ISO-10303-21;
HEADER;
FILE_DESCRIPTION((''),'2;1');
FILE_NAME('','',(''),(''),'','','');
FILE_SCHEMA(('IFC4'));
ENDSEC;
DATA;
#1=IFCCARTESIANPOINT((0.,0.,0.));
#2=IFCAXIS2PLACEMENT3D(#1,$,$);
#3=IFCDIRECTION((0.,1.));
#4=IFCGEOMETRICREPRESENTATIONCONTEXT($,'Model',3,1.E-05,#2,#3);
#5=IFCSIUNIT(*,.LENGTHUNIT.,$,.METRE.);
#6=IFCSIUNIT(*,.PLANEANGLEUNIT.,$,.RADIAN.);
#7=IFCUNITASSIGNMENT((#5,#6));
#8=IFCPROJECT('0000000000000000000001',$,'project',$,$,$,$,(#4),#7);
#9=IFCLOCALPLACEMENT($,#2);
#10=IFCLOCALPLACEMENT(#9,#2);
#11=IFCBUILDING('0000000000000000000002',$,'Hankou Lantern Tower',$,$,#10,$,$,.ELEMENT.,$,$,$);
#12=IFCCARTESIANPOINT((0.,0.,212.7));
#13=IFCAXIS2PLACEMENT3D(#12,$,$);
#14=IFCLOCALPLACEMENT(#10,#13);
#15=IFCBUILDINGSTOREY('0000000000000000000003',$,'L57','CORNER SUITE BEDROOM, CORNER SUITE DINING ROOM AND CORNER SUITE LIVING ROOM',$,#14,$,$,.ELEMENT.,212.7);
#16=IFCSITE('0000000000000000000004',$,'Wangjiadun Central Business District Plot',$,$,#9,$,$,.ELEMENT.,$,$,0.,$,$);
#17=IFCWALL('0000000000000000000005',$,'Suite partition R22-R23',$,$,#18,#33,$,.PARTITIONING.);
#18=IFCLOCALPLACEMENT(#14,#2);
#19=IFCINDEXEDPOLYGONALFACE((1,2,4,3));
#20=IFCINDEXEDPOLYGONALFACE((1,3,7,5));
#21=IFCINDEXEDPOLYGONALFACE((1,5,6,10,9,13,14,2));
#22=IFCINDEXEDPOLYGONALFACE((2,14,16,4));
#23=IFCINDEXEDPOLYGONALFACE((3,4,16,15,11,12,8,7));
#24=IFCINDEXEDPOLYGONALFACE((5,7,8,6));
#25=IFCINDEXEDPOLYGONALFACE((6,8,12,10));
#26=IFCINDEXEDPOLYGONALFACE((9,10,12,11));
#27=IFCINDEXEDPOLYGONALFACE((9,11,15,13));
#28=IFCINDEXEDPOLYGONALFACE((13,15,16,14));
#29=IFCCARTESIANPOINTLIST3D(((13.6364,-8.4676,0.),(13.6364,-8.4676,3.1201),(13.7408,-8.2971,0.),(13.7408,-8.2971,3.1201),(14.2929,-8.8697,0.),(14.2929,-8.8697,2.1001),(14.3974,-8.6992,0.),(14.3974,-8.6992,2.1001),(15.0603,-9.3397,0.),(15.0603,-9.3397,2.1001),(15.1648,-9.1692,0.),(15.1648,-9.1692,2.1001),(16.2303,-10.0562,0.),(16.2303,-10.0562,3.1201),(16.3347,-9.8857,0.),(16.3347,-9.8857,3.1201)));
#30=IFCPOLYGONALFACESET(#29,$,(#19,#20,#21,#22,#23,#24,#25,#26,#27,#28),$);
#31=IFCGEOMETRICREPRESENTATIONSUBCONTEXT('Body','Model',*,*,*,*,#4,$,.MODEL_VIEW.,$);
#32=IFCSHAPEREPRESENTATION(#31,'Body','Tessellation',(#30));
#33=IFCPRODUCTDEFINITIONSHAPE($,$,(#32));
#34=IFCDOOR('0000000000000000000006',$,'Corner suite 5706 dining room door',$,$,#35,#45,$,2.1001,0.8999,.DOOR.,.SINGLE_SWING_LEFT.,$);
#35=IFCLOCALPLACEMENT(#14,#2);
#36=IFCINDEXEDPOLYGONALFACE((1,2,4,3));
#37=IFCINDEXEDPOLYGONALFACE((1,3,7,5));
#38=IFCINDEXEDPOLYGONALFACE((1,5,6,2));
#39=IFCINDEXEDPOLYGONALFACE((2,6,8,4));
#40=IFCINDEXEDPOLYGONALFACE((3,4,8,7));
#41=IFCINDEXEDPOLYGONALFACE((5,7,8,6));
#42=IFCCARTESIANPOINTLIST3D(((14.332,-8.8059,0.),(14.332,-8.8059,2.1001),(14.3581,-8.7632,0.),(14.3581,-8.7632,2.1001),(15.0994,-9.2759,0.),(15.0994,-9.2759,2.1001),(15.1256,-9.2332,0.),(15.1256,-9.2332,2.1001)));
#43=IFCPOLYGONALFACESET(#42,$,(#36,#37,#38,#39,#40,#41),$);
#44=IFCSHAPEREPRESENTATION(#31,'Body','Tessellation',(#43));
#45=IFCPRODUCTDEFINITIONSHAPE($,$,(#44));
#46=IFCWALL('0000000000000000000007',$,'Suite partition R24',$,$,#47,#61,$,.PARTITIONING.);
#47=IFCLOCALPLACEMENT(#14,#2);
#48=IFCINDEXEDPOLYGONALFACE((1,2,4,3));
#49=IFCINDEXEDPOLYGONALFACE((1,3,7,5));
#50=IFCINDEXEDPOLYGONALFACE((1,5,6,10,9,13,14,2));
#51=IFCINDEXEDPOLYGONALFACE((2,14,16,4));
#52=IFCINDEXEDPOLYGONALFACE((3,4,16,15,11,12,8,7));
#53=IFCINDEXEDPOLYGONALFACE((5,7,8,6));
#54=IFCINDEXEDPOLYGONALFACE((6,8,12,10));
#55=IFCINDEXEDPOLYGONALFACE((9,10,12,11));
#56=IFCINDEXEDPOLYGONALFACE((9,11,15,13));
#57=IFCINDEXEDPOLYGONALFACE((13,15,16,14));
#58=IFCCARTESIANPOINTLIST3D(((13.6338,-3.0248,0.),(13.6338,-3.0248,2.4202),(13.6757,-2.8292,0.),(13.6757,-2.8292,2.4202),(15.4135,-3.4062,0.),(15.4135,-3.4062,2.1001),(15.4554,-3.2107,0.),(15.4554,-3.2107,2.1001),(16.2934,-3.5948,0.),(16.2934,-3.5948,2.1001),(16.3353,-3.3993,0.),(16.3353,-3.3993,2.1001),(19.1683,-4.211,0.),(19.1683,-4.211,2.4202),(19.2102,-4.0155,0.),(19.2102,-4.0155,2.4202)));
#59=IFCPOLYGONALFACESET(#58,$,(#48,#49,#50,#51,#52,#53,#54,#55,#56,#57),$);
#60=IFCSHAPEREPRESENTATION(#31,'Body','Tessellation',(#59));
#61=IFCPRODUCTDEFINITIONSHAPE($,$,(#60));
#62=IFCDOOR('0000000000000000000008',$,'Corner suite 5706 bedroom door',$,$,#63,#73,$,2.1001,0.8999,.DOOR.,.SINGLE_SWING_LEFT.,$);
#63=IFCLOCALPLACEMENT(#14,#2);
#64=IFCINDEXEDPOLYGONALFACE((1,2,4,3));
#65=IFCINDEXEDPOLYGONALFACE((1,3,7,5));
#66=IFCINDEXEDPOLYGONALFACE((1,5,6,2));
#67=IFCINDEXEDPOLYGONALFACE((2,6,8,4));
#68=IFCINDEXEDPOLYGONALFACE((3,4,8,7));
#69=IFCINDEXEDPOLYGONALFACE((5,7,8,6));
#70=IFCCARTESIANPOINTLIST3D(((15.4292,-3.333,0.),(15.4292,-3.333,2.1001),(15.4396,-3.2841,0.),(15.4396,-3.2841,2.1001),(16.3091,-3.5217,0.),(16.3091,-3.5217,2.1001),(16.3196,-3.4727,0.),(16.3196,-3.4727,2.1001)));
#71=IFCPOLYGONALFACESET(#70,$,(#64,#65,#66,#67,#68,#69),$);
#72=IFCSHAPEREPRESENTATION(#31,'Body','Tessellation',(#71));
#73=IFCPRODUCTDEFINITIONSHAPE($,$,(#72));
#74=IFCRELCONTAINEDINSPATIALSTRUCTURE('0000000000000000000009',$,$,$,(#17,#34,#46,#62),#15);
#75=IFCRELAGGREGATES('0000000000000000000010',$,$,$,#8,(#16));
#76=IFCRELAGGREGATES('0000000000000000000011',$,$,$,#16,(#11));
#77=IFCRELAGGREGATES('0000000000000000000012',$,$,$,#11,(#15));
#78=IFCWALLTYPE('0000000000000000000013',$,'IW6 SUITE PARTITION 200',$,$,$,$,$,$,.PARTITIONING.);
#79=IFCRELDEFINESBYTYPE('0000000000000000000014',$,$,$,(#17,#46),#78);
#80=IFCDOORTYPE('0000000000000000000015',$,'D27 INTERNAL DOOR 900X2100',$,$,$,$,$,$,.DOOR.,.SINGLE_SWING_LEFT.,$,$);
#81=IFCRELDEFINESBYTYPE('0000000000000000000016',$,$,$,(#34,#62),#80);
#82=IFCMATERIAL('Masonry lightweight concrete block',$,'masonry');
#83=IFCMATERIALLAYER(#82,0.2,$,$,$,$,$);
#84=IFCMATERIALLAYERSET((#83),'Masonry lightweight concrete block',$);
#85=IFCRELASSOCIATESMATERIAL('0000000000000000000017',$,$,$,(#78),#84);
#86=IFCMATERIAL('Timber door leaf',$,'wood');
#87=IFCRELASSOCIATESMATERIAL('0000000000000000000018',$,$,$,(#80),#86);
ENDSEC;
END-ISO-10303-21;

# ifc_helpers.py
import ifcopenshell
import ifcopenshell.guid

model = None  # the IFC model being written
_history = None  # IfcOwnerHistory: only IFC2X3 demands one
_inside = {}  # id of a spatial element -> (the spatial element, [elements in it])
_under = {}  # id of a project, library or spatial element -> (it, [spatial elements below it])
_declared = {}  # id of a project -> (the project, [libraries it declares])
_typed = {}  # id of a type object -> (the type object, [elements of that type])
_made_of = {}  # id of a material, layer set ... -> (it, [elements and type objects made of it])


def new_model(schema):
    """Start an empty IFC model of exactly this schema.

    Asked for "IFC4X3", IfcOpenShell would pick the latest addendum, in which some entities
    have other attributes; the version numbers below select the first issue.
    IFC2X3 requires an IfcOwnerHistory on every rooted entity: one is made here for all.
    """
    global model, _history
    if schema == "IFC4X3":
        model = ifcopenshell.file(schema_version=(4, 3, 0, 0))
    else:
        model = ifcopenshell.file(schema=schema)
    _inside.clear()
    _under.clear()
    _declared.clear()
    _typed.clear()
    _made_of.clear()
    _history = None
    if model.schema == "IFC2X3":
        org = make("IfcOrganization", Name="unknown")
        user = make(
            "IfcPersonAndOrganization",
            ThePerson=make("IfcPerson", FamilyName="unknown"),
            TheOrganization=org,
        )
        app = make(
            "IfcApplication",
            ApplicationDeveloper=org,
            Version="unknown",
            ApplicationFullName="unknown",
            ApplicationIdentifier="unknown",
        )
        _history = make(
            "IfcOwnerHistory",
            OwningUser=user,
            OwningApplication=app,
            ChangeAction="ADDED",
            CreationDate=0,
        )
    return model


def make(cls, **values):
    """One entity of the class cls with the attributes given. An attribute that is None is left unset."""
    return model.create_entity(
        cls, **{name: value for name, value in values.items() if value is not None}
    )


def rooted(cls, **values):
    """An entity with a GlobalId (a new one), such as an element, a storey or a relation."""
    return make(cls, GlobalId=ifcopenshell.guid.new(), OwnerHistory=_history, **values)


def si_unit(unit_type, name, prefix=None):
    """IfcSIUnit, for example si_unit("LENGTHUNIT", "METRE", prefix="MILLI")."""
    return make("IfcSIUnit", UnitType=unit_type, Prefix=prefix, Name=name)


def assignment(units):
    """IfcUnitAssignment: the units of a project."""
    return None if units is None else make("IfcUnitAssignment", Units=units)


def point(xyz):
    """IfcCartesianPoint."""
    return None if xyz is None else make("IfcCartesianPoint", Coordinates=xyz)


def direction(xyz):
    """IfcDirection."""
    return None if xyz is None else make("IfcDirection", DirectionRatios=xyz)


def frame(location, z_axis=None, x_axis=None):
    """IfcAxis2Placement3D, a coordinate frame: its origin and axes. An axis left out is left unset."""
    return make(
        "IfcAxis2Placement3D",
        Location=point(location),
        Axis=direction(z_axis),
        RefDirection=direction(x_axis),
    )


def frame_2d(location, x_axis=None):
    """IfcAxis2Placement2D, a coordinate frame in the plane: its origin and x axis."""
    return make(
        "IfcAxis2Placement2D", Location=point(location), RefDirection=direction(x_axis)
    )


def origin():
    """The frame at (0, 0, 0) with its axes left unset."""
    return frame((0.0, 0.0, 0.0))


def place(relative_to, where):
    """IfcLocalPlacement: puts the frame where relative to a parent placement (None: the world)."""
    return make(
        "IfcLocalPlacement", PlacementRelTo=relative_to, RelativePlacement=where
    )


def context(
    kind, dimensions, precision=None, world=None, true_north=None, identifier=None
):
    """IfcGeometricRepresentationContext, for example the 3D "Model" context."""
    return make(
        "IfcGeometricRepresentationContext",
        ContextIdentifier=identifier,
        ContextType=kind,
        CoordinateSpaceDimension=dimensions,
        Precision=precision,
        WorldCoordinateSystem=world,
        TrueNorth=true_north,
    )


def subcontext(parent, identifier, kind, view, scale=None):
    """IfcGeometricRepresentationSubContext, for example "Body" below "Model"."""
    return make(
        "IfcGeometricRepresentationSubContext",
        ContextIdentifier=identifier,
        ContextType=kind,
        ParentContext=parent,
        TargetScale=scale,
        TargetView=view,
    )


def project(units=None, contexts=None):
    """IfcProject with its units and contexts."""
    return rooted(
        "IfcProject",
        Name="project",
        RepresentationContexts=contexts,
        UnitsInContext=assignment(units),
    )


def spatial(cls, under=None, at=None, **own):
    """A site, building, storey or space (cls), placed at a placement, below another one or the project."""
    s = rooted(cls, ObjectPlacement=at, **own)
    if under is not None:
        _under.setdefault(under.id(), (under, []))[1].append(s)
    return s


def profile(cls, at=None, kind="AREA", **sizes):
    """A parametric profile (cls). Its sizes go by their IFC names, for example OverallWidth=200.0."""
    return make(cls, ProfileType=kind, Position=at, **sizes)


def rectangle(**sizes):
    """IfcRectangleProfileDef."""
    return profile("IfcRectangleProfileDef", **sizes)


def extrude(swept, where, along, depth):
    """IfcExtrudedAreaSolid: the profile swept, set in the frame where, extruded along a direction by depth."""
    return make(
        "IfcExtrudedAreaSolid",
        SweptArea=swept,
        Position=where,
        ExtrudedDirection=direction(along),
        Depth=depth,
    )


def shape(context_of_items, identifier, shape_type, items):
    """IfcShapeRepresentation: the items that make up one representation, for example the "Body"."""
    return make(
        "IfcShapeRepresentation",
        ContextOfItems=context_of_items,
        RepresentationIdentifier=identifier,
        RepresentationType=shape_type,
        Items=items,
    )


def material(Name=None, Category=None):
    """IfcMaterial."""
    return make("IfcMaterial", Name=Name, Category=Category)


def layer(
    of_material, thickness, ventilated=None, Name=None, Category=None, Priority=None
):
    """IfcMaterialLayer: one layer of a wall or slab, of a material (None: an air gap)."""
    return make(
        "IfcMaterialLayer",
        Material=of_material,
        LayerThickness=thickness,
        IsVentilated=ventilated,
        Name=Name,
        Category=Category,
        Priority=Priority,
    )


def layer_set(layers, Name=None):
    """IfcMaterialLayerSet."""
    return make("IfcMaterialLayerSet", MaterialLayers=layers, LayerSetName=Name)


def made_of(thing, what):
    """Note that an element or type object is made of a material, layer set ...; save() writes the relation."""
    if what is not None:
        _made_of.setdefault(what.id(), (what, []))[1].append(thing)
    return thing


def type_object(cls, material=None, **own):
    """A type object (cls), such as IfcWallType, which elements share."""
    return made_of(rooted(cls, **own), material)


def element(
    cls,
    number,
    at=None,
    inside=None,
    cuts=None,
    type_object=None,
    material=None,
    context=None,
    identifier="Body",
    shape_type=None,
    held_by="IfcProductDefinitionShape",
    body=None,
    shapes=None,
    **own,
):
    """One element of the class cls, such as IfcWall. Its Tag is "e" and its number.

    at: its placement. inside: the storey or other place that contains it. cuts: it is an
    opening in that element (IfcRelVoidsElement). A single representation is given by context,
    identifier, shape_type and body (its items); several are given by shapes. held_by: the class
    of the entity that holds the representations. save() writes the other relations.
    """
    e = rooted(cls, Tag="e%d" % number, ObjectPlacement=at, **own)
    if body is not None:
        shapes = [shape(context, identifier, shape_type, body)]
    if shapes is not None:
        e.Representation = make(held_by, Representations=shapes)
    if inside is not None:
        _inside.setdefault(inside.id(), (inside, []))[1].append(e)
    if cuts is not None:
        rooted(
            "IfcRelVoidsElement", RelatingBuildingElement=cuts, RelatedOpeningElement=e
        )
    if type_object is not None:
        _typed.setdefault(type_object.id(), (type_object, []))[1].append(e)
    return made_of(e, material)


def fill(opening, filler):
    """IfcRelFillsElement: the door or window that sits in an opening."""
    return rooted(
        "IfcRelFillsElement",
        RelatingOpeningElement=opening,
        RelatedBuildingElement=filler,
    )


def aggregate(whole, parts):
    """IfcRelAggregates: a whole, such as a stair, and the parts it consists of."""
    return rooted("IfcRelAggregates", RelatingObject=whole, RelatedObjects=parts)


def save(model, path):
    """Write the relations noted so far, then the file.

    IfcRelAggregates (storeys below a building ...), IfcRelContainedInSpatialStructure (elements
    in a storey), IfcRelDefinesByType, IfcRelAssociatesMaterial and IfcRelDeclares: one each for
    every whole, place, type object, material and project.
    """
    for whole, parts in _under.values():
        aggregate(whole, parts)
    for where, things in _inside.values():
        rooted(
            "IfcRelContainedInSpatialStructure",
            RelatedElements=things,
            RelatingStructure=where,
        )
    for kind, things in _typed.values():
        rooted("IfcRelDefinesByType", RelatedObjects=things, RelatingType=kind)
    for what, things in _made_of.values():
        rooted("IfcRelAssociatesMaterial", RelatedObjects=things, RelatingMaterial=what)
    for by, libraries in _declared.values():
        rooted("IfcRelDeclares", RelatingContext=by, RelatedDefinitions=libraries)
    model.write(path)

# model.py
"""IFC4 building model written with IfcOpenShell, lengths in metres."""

from ifc_helpers import new_model, si_unit, direction, frame, frame_2d, origin, place, context, subcontext, project, spatial, rectangle, extrude, material, layer, layer_set, type_object, element, fill, save


model = new_model("IFC4")

# Units and contexts
model_context = context("Model", 3, precision=1e-05, world=origin(), true_north=direction((0.0, 1.0)))
body_context = subcontext(model_context, "Body", "Model", "MODEL_VIEW")
ifc_project = project(units=[si_unit("LENGTHUNIT", "METRE"), si_unit("PLANEANGLEUNIT", "RADIAN")], contexts=[model_context])

# Site, building, storey
site_placement = place(None, origin())
site = spatial("IfcSite", under=ifc_project, at=site_placement, Name="Wangjiadun Central Business District Plot", CompositionType="ELEMENT", RefElevation=0.0)
building_placement = place(site_placement, origin())
building = spatial("IfcBuilding", under=site, at=building_placement, Name="Hankou Lantern Tower", CompositionType="ELEMENT")
storey_placement = place(building_placement, frame((0.0, 0.0, 212.7)))
storey = spatial("IfcBuildingStorey", under=building, at=storey_placement, Name="L57", Description="CORNER SUITE BEDROOM, CORNER SUITE DINING ROOM AND CORNER SUITE LIVING ROOM", CompositionType="ELEMENT", Elevation=212.7)

# Walls, openings, doors
ifc_material_1 = material(Name="Masonry lightweight concrete block", Category="masonry")
ifc_layer_1 = layer(ifc_material_1, 0.2)
ifc_layer_set_1 = layer_set([ifc_layer_1], Name="Masonry lightweight concrete block")
wall_type_1 = type_object("IfcWallType", Name="IW6 SUITE PARTITION 200", PredefinedType="PARTITIONING", material=ifc_layer_set_1)
wall_1_placement = place(storey_placement, frame((13.6885, -8.3823, 0.0), z_axis=(0.0, 0.0, 1.0), x_axis=(0.852783, -0.522265, 0.0)))
wall_1 = element("IfcWall", 1, at=wall_1_placement, inside=storey, type_object=wall_type_1, Name="Suite partition R22-R23", PredefinedType="PARTITIONING", context=body_context, shape_type="SweptSolid", body=[
    extrude(rectangle(XDim=3.0417, YDim=0.2, at=frame_2d((1.521, 0.0))), origin(), (0.0, 0.0, 1.0), 3.1201),
])
opening_1_placement = place(wall_1_placement, frame((0.77, 0.0, 0.0)))
opening_1 = element("IfcOpeningElement", 2, at=opening_1_placement, cuts=wall_1, PredefinedType="OPENING", context=body_context, shape_type="SweptSolid", body=[
    extrude(rectangle(XDim=0.8999, YDim=2.1001, at=frame_2d((0.45, 1.05))), frame((0.0, 0.1099, 0.0), z_axis=(0.0, -1.0, 0.0), x_axis=(1.0, 0.0, 0.0)), (0.0, 0.0, 1.0), 0.22),
])
ifc_material_2 = material(Name="Timber door leaf", Category="wood")
door_type_1 = type_object("IfcDoorType", Name="D27 INTERNAL DOOR 900X2100", OperationType="SINGLE_SWING_LEFT", PredefinedType="DOOR", material=ifc_material_2)
door_1_placement = place(opening_1_placement, origin())
door_1 = element("IfcDoor", 3, at=door_1_placement, inside=storey, type_object=door_type_1, Name="Corner suite 5706 dining room door", OperationType="SINGLE_SWING_LEFT", OverallHeight=2.1001, OverallWidth=0.8999, PredefinedType="DOOR", context=body_context, shape_type="SweptSolid", body=[
    extrude(rectangle(XDim=0.8999, YDim=2.1001, at=frame_2d((0.45, 1.05))), frame((0.0, 0.0249, 0.0), z_axis=(0.0, -1.0, 0.0), x_axis=(1.0, 0.0, 0.0)), (0.0, 0.0, 1.0), 0.05),
])
fill(opening_1, door_1)
wall_2_placement = place(storey_placement, frame((13.6548, -2.927, 0.0), z_axis=(0.0, 0.0, 1.0), x_axis=(0.97779, -0.209585, 0.0)))
wall_2 = element("IfcWall", 4, at=wall_2_placement, inside=storey, type_object=wall_type_1, Name="Suite partition R24", PredefinedType="PARTITIONING", context=body_context, shape_type="SweptSolid", body=[
    extrude(rectangle(XDim=5.6602, YDim=0.2, at=frame_2d((2.8301, 0.0))), origin(), (0.0, 0.0, 1.0), 2.4202),
])
opening_2_placement = place(wall_2_placement, frame((1.8201, 0.0, 0.0)))
opening_2 = element("IfcOpeningElement", 5, at=opening_2_placement, cuts=wall_2, PredefinedType="OPENING", context=body_context, shape_type="SweptSolid", body=[
    extrude(rectangle(XDim=0.8999, YDim=2.1001, at=frame_2d((0.45, 1.05))), frame((0.0, 0.1099, 0.0), z_axis=(0.0, -1.0, 0.0), x_axis=(1.0, 0.0, 0.0)), (0.0, 0.0, 1.0), 0.22),
])
door_2_placement = place(opening_2_placement, origin())
door_2 = element("IfcDoor", 6, at=door_2_placement, inside=storey, type_object=door_type_1, Name="Corner suite 5706 bedroom door", OperationType="SINGLE_SWING_LEFT", OverallHeight=2.1001, OverallWidth=0.8999, PredefinedType="DOOR", context=body_context, shape_type="SweptSolid", body=[
    extrude(rectangle(XDim=0.8999, YDim=2.1001, at=frame_2d((0.45, 1.05))), frame((0.0, 0.0249, 0.0), z_axis=(0.0, -1.0, 0.0), x_axis=(1.0, 0.0, 0.0)), (0.0, 0.0, 1.0), 0.05),
])
fill(opening_2, door_2)

save(model, "model.ifc")
